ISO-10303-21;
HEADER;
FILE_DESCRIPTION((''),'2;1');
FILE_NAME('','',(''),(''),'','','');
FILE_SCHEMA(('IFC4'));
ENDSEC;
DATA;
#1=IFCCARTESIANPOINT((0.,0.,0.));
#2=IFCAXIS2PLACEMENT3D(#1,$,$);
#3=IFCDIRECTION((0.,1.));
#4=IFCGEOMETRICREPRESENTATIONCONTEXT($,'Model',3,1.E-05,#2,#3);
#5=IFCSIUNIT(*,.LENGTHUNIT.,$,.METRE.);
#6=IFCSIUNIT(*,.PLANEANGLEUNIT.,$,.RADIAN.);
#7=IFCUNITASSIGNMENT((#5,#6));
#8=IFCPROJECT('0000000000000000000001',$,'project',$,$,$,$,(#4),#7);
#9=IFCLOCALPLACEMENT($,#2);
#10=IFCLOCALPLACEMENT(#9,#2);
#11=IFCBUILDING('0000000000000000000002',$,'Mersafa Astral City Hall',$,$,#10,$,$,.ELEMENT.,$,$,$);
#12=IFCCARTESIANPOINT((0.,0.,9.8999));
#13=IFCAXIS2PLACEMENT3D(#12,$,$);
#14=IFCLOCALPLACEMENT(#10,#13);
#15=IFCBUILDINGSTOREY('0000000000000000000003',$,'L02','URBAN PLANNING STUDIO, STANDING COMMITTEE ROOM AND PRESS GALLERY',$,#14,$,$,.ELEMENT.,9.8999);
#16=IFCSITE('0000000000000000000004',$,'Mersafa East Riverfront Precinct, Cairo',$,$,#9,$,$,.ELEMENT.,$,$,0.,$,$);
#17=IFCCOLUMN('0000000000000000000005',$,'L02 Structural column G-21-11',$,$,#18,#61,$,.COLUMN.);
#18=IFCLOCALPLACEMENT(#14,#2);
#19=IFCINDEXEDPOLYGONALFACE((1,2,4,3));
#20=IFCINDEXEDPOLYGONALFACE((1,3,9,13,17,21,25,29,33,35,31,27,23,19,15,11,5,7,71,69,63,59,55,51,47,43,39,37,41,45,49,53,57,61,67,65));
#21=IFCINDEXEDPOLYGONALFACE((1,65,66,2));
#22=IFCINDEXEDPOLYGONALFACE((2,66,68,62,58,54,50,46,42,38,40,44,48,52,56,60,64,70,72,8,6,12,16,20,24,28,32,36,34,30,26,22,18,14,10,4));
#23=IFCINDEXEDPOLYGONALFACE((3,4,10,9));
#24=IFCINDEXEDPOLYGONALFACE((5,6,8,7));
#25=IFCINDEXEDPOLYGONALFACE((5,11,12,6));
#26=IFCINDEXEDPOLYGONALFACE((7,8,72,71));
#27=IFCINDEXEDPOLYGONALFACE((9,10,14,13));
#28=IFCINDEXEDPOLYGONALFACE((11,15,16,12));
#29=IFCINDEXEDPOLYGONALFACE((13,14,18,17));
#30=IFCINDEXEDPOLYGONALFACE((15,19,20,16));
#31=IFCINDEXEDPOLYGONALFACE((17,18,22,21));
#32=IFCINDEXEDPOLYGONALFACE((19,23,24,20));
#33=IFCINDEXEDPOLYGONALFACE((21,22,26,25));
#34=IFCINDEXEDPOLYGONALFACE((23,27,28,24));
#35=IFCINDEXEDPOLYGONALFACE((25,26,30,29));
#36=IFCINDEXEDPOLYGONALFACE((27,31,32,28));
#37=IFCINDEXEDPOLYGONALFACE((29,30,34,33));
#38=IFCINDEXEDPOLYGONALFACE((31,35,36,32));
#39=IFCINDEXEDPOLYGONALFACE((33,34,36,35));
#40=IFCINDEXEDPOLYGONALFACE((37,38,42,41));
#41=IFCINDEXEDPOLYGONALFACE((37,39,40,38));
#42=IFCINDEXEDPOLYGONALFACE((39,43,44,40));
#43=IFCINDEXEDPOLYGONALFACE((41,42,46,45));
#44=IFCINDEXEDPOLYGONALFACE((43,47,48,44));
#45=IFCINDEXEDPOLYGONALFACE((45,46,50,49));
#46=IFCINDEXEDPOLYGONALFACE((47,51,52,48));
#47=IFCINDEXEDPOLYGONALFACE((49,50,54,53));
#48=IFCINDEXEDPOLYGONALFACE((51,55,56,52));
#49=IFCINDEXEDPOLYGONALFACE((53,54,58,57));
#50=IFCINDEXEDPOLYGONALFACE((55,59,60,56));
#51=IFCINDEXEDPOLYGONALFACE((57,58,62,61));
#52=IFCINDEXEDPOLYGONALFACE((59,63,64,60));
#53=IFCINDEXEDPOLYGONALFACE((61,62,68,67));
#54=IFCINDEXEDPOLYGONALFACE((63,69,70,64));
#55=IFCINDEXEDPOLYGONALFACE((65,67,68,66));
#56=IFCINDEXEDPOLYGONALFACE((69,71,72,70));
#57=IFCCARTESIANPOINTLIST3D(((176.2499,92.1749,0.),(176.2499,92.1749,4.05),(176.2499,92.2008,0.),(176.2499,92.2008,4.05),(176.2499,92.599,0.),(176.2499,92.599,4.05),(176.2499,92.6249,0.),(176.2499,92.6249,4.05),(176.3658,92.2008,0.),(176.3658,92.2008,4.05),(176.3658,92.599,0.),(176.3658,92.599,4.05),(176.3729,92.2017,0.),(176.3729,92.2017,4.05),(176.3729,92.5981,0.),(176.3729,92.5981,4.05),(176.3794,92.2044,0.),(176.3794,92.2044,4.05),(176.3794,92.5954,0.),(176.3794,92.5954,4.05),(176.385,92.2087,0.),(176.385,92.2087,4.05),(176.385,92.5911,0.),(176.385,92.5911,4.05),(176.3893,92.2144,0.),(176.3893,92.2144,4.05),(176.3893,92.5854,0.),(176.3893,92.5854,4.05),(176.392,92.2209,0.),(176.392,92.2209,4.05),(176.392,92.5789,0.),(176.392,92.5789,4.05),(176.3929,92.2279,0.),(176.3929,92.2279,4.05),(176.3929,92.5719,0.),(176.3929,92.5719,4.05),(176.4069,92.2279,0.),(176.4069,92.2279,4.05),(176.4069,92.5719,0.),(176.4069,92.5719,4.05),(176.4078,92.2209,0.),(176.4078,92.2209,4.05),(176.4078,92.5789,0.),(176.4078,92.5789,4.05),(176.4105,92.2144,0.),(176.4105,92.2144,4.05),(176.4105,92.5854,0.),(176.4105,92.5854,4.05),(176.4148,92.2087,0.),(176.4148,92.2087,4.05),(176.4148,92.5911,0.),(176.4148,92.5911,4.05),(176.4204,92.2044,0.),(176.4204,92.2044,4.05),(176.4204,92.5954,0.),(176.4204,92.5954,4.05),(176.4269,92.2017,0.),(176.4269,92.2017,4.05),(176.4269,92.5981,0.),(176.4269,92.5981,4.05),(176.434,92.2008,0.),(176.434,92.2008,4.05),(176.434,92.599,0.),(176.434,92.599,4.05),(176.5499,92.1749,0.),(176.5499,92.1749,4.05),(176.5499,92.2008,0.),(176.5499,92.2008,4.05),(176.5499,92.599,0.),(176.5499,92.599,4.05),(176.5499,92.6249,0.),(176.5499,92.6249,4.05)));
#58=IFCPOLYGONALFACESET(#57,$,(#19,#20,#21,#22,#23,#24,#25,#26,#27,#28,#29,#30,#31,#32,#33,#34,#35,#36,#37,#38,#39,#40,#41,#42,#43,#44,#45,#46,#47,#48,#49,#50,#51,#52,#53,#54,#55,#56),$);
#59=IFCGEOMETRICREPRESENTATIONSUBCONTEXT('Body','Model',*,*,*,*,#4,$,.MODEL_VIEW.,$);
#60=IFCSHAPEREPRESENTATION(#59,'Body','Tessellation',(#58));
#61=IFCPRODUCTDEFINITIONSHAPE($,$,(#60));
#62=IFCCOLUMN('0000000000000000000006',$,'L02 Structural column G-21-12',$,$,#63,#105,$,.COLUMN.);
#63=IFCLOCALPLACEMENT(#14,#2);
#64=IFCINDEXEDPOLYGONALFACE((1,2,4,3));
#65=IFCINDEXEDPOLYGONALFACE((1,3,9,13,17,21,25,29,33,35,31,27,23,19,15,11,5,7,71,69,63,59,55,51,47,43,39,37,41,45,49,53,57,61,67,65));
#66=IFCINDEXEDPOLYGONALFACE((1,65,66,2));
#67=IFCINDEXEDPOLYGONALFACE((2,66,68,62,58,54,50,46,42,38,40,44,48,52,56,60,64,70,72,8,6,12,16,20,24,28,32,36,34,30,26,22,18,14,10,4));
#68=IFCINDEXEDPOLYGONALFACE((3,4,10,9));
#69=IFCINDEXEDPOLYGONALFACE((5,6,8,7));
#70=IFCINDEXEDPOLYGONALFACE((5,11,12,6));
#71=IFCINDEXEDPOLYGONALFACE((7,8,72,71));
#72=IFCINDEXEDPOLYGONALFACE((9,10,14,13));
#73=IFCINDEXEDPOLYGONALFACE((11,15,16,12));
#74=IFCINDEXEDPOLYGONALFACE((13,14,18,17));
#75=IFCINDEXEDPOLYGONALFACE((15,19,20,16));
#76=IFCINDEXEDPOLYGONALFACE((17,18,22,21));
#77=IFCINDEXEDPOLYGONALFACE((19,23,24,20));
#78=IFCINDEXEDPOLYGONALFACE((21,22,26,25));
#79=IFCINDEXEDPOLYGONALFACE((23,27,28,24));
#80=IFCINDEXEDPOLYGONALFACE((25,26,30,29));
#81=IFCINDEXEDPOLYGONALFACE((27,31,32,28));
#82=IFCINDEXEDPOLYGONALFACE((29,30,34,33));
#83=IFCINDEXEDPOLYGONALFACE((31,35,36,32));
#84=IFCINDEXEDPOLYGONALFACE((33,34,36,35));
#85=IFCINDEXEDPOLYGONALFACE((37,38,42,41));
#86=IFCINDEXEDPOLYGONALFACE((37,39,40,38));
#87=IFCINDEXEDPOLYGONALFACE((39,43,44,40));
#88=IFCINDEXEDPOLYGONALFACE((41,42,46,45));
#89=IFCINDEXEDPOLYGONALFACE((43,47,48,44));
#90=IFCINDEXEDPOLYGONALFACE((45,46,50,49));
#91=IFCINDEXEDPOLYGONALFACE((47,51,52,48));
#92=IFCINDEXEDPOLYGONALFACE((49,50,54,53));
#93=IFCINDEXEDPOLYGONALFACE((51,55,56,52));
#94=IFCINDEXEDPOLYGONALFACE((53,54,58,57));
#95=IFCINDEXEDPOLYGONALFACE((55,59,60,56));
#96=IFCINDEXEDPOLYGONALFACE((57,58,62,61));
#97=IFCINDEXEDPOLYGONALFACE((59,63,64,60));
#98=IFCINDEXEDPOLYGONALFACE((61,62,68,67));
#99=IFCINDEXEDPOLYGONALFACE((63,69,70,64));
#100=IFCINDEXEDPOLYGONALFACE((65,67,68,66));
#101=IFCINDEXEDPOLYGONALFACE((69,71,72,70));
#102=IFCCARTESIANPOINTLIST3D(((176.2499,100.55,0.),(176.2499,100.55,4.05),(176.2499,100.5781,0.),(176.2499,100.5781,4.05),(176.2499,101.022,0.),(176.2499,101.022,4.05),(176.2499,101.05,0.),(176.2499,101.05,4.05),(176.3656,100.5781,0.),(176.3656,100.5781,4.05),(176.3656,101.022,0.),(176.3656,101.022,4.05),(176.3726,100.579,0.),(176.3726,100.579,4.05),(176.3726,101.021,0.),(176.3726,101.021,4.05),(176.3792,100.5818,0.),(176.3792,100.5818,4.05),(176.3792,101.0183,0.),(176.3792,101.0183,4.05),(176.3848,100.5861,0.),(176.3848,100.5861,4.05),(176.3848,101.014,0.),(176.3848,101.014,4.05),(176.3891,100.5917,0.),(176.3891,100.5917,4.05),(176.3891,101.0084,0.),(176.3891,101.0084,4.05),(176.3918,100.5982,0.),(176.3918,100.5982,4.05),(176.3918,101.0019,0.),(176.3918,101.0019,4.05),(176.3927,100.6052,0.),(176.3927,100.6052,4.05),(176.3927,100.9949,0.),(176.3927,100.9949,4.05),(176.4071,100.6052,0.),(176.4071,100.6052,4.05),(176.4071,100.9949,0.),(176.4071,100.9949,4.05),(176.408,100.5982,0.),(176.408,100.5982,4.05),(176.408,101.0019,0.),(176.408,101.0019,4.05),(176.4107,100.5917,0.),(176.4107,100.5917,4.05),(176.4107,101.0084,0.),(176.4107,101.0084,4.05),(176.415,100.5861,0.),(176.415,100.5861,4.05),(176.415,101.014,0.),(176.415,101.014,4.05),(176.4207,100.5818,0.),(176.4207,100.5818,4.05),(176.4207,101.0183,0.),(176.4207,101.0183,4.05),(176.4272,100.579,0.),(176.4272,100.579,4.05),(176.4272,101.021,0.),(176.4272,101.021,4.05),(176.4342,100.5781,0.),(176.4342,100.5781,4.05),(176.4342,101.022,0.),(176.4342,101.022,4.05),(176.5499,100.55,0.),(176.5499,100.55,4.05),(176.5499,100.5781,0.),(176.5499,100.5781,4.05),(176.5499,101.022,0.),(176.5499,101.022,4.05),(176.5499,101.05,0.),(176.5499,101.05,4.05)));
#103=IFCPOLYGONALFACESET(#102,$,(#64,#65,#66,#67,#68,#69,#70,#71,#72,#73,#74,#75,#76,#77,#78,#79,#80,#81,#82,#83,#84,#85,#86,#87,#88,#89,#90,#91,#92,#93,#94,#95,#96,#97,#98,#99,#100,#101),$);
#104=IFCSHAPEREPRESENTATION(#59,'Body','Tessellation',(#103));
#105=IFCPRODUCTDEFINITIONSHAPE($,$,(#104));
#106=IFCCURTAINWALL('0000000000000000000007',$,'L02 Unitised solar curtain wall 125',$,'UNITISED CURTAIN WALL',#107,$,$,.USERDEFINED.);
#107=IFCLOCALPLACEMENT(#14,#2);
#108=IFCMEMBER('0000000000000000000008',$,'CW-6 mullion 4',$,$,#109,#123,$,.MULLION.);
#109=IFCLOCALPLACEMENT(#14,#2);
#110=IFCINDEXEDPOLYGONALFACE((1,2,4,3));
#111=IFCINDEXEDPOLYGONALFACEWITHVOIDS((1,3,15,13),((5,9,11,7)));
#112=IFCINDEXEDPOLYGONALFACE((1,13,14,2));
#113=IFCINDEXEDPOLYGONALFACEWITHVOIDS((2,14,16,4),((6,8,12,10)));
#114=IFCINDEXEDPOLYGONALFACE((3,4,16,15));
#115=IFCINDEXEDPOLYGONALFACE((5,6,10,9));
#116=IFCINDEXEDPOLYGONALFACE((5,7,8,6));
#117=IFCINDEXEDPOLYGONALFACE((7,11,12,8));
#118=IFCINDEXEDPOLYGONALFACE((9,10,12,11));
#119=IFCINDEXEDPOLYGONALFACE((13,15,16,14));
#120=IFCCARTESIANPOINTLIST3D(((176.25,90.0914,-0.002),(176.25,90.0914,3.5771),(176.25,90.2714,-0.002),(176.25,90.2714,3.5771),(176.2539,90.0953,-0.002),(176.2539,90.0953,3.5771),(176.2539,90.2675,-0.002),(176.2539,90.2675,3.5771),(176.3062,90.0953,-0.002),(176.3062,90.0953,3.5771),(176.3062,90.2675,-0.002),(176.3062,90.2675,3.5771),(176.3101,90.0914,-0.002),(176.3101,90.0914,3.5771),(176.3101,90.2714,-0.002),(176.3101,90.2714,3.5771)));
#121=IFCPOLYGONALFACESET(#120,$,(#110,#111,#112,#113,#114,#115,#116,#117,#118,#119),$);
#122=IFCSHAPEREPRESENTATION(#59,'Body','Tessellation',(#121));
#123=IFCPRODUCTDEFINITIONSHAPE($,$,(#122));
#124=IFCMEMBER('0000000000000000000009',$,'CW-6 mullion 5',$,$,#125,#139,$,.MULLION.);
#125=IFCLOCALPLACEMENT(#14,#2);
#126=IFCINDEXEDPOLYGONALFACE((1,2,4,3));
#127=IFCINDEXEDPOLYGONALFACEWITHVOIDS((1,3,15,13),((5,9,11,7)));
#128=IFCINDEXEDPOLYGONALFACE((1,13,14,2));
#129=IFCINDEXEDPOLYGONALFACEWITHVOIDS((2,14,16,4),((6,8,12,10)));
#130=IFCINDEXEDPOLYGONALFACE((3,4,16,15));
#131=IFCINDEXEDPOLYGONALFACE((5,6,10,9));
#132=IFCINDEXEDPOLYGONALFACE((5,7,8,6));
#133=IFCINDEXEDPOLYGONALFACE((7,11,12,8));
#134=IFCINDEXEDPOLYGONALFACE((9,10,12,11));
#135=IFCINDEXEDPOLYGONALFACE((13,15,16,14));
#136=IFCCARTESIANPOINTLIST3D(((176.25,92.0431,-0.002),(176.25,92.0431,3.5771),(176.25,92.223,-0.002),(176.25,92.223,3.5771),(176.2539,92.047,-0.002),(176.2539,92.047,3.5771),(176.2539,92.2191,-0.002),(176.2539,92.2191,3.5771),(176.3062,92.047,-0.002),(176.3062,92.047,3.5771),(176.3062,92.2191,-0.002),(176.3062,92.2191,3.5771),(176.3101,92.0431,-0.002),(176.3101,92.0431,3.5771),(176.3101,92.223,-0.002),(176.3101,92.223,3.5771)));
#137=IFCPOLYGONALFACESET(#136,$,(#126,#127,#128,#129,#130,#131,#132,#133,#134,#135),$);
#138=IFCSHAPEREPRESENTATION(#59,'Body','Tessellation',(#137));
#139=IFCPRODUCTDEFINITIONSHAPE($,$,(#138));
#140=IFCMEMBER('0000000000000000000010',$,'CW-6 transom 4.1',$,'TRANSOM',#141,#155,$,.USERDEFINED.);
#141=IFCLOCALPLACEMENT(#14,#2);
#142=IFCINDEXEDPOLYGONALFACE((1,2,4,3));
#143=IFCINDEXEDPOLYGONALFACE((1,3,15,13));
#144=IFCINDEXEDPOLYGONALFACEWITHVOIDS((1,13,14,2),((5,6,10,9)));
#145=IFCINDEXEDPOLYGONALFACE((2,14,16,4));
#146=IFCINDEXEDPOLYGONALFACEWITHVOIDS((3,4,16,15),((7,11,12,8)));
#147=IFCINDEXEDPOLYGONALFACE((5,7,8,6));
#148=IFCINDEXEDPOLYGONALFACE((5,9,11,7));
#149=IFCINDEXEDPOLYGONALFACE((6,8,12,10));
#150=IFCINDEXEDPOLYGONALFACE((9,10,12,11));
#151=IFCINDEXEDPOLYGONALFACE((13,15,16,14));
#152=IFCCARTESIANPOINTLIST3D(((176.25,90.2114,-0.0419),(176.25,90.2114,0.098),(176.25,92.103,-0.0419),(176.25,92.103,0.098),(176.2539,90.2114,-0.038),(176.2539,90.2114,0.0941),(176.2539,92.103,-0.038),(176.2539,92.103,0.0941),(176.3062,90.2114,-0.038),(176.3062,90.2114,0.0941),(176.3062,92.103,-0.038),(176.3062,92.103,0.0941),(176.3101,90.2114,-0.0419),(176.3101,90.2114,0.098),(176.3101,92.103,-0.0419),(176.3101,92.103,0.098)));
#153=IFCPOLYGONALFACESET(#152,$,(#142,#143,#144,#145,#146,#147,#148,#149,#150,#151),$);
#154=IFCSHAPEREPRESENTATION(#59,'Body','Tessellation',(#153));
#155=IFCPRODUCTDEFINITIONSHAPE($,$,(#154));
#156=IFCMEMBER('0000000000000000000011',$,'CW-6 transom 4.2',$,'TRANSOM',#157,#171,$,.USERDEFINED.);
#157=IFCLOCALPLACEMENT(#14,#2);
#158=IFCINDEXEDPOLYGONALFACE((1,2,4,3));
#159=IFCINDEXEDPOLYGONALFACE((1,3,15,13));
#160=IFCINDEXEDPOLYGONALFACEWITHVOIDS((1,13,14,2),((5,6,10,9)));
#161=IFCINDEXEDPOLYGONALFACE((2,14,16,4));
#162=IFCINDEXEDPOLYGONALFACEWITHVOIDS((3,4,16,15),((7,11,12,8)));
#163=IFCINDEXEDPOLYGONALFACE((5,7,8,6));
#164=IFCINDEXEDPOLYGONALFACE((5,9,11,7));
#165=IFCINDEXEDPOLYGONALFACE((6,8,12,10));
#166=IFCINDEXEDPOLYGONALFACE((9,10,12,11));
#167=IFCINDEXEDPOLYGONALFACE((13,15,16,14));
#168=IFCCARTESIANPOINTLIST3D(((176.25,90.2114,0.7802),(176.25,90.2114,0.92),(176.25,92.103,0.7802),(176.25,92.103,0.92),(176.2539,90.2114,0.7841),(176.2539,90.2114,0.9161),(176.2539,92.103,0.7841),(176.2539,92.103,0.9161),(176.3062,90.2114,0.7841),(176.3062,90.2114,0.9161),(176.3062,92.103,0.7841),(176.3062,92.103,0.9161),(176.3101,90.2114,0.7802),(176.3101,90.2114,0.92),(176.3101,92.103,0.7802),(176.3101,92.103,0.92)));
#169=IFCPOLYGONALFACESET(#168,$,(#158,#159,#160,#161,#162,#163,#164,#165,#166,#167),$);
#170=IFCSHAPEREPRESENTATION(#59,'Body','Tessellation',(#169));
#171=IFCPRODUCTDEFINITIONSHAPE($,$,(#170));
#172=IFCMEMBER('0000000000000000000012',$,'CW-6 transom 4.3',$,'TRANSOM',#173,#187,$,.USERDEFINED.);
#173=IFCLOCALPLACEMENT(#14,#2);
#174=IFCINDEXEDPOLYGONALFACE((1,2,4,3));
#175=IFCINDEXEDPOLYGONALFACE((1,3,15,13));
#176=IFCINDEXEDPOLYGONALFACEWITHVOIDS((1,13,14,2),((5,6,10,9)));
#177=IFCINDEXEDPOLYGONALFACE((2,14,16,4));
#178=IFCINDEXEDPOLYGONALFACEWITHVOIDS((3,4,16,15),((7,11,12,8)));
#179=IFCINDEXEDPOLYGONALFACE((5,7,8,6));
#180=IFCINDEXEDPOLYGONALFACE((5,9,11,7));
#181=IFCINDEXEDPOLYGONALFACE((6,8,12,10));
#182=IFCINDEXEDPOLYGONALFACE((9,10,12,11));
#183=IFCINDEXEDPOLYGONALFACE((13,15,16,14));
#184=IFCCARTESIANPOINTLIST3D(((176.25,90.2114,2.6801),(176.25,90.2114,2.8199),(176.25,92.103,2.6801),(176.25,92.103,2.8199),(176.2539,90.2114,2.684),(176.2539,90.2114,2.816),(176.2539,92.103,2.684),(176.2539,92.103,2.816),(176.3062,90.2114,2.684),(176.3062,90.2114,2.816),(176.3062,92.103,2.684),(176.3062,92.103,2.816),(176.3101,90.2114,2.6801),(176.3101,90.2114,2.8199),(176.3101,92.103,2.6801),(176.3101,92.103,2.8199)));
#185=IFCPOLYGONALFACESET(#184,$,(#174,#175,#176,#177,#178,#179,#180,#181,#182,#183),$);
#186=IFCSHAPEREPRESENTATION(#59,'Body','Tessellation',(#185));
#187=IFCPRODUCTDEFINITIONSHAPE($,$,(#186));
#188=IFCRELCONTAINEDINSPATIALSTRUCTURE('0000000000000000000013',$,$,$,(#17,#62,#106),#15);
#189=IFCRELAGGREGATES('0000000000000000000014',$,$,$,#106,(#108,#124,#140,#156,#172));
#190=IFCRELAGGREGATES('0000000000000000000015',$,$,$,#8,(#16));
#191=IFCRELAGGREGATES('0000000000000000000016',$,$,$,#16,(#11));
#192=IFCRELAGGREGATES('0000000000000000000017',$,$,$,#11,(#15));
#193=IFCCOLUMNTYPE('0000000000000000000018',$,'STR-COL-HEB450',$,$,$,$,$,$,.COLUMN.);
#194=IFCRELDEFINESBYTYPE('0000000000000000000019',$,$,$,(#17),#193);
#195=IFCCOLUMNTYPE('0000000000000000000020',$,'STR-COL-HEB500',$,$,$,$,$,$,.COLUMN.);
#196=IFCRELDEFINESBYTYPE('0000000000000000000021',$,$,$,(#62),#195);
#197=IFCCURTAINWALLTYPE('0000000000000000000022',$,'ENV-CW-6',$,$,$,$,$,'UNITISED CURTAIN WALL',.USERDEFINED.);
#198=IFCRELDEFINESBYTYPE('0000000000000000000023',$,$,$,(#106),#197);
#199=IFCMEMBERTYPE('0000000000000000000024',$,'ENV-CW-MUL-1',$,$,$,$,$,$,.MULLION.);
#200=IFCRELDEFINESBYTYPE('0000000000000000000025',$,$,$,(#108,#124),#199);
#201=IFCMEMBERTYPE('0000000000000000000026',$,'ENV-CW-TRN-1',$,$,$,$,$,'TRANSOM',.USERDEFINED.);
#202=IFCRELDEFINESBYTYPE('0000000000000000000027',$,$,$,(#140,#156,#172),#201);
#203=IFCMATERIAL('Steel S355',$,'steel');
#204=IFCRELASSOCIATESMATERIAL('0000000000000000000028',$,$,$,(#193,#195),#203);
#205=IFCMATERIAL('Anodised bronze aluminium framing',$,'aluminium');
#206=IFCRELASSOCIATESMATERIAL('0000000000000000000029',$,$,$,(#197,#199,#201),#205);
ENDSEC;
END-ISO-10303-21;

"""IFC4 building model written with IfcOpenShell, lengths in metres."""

from ifc_helpers import new_model, si_unit, direction, frame, origin, origin_2d, place, context, subcontext, project, spatial, hollow_rectangle, i_section, extrude, material, material_profile, profile_set, type_object, element, aggregate, save


model = new_model("IFC4")

# Units and contexts
model_context = context("Model", 3, precision=1e-05, world=origin(), true_north=direction((0.0, 1.0)))
body_context = subcontext(model_context, "Body", "Model", "MODEL_VIEW")
ifc_project = project(units=[si_unit("LENGTHUNIT", "METRE"), si_unit("PLANEANGLEUNIT", "RADIAN")], contexts=[model_context])

# Site, building, storey
site_placement = place(None, origin())
site = spatial("IfcSite", under=ifc_project, at=site_placement, Name="Mersafa East Riverfront Precinct, Cairo", CompositionType="ELEMENT", RefElevation=0.0)
building_placement = place(site_placement, origin())
building = spatial("IfcBuilding", under=site, at=building_placement, Name="Mersafa Astral City Hall", CompositionType="ELEMENT")
storey_placement = place(building_placement, frame((0.0, 0.0, 9.8999)))
storey = spatial("IfcBuildingStorey", under=building, at=storey_placement, Name="L02", Description="URBAN PLANNING STUDIO, STANDING COMMITTEE ROOM AND PRESS GALLERY", CompositionType="ELEMENT", Elevation=9.8999)

# Columns
ifc_material_1 = material(Name="Steel S355", Category="steel")
ifc_material_profile_1 = material_profile(ifc_material_1, i_section(OverallWidth=0.3, OverallDepth=0.45, WebThickness=0.0139, FlangeThickness=0.0259, FilletRadius=0.0271, at=origin_2d()), Name="HEB 450")
ifc_profile_set_1 = profile_set([ifc_material_profile_1], Name="Steel S355")
column_type_1 = type_object("IfcColumnType", Name="STR-COL-HEB450", PredefinedType="COLUMN", material=ifc_profile_set_1)
column_1_placement = place(storey_placement, frame((176.3999, 92.3999, 0.0), z_axis=(0.0, 0.0, 1.0), x_axis=(1.0, 0.0, 0.0)))
element("IfcColumn", 1, at=column_1_placement, inside=storey, type_object=column_type_1, Name="L02 Structural column G-21-11", PredefinedType="COLUMN", context=body_context, shape_type="SweptSolid", body=[
    extrude(i_section(OverallWidth=0.3, OverallDepth=0.45, WebThickness=0.0139, FlangeThickness=0.0259, FilletRadius=0.0271, at=origin_2d()), origin(), (0.0, 0.0, 1.0), 4.05),
])
ifc_material_profile_2 = material_profile(ifc_material_1, i_section(OverallWidth=0.3, OverallDepth=0.5, WebThickness=0.0144, FlangeThickness=0.0281, FilletRadius=0.0271, at=origin_2d()), Name="HEB 500")
ifc_profile_set_2 = profile_set([ifc_material_profile_2], Name="Steel S355")
column_type_2 = type_object("IfcColumnType", Name="STR-COL-HEB500", PredefinedType="COLUMN", material=ifc_profile_set_2)
column_2_placement = place(storey_placement, frame((176.3999, 100.8, 0.0), z_axis=(0.0, 0.0, 1.0), x_axis=(1.0, 0.0, 0.0)))
element("IfcColumn", 2, at=column_2_placement, inside=storey, type_object=column_type_2, Name="L02 Structural column G-21-12", PredefinedType="COLUMN", context=body_context, shape_type="SweptSolid", body=[
    extrude(i_section(OverallWidth=0.3, OverallDepth=0.5, WebThickness=0.0144, FlangeThickness=0.0281, FilletRadius=0.0271, at=origin_2d()), origin(), (0.0, 0.0, 1.0), 4.05),
])

# Curtain wall, members
ifc_material_2 = material(Name="Anodised bronze aluminium framing", Category="aluminium")
curtain_wall_type = type_object("IfcCurtainWallType", Name="ENV-CW-6", ElementType="UNITISED CURTAIN WALL", PredefinedType="USERDEFINED", material=ifc_material_2)
curtain_wall_placement = place(storey_placement, origin())
curtain_wall = element("IfcCurtainWall", 3, at=curtain_wall_placement, inside=storey, type_object=curtain_wall_type, Name="L02 Unitised solar curtain wall 125", ObjectType="UNITISED CURTAIN WALL", PredefinedType="USERDEFINED")
ifc_material_profile_3 = material_profile(ifc_material_2, hollow_rectangle(XDim=0.0601, YDim=0.1799, WallThickness=0.0039, at=origin_2d()), Name="RHS 60x180x4")
ifc_profile_set_3 = profile_set([ifc_material_profile_3], Name="Anodised bronze aluminium framing")
member_type_1 = type_object("IfcMemberType", Name="ENV-CW-MUL-1", PredefinedType="MULLION", material=ifc_profile_set_3)
member_1_placement = place(storey_placement, frame((176.28, 90.1814, -0.002), z_axis=(0.0, 0.0, 1.0), x_axis=(-1.0, 0.0, 0.0)))
member_1 = element("IfcMember", 4, at=member_1_placement, type_object=member_type_1, Name="CW-6 mullion 4", PredefinedType="MULLION", context=body_context, shape_type="SweptSolid", body=[
    extrude(hollow_rectangle(XDim=0.0601, YDim=0.1799, WallThickness=0.0039, at=origin_2d()), origin(), (0.0, 0.0, 1.0), 3.5791),
])
member_2_placement = place(storey_placement, frame((176.28, 92.1331, -0.002), z_axis=(0.0, 0.0, 1.0), x_axis=(-1.0, 0.0, 0.0)))
member_2 = element("IfcMember", 5, at=member_2_placement, type_object=member_type_1, Name="CW-6 mullion 5", PredefinedType="MULLION", context=body_context, shape_type="SweptSolid", body=[
    extrude(hollow_rectangle(XDim=0.0601, YDim=0.1799, WallThickness=0.0039, at=origin_2d()), origin(), (0.0, 0.0, 1.0), 3.5791),
])
ifc_material_profile_4 = material_profile(ifc_material_2, hollow_rectangle(XDim=0.0601, YDim=0.1399, WallThickness=0.0039, at=origin_2d()), Name="RHS 60x140x4")
ifc_profile_set_4 = profile_set([ifc_material_profile_4], Name="Anodised bronze aluminium framing")
member_type_2 = type_object("IfcMemberType", Name="ENV-CW-TRN-1", ElementType="TRANSOM", PredefinedType="USERDEFINED", material=ifc_profile_set_4)
member_3_placement = place(storey_placement, frame((176.28, 90.2114, 0.0281), z_axis=(0.0, 1.0, 0.0), x_axis=(-1.0, 0.0, 0.0)))
member_3 = element("IfcMember", 6, at=member_3_placement, type_object=member_type_2, Name="CW-6 transom 4.1", ObjectType="TRANSOM", PredefinedType="USERDEFINED", context=body_context, shape_type="SweptSolid", body=[
    extrude(hollow_rectangle(XDim=0.0601, YDim=0.1399, WallThickness=0.0039, at=origin_2d()), origin(), (0.0, 0.0, 1.0), 1.8916),
])
member_4_placement = place(storey_placement, frame((176.28, 90.2114, 0.8501), z_axis=(0.0, 1.0, 0.0), x_axis=(-1.0, 0.0, 0.0)))
member_4 = element("IfcMember", 7, at=member_4_placement, type_object=member_type_2, Name="CW-6 transom 4.2", ObjectType="TRANSOM", PredefinedType="USERDEFINED", context=body_context, shape_type="SweptSolid", body=[
    extrude(hollow_rectangle(XDim=0.0601, YDim=0.1399, WallThickness=0.0039, at=origin_2d()), origin(), (0.0, 0.0, 1.0), 1.8916),
])
member_5_placement = place(storey_placement, frame((176.28, 90.2114, 2.75), z_axis=(0.0, 1.0, 0.0), x_axis=(-1.0, 0.0, 0.0)))
member_5 = element("IfcMember", 8, at=member_5_placement, type_object=member_type_2, Name="CW-6 transom 4.3", ObjectType="TRANSOM", PredefinedType="USERDEFINED", context=body_context, shape_type="SweptSolid", body=[
    extrude(hollow_rectangle(XDim=0.0601, YDim=0.1399, WallThickness=0.0039, at=origin_2d()), origin(), (0.0, 0.0, 1.0), 1.8916),
])

aggregate(curtain_wall, [member_1, member_2, member_3, member_4, member_5])

save(model, "model.ifc")
